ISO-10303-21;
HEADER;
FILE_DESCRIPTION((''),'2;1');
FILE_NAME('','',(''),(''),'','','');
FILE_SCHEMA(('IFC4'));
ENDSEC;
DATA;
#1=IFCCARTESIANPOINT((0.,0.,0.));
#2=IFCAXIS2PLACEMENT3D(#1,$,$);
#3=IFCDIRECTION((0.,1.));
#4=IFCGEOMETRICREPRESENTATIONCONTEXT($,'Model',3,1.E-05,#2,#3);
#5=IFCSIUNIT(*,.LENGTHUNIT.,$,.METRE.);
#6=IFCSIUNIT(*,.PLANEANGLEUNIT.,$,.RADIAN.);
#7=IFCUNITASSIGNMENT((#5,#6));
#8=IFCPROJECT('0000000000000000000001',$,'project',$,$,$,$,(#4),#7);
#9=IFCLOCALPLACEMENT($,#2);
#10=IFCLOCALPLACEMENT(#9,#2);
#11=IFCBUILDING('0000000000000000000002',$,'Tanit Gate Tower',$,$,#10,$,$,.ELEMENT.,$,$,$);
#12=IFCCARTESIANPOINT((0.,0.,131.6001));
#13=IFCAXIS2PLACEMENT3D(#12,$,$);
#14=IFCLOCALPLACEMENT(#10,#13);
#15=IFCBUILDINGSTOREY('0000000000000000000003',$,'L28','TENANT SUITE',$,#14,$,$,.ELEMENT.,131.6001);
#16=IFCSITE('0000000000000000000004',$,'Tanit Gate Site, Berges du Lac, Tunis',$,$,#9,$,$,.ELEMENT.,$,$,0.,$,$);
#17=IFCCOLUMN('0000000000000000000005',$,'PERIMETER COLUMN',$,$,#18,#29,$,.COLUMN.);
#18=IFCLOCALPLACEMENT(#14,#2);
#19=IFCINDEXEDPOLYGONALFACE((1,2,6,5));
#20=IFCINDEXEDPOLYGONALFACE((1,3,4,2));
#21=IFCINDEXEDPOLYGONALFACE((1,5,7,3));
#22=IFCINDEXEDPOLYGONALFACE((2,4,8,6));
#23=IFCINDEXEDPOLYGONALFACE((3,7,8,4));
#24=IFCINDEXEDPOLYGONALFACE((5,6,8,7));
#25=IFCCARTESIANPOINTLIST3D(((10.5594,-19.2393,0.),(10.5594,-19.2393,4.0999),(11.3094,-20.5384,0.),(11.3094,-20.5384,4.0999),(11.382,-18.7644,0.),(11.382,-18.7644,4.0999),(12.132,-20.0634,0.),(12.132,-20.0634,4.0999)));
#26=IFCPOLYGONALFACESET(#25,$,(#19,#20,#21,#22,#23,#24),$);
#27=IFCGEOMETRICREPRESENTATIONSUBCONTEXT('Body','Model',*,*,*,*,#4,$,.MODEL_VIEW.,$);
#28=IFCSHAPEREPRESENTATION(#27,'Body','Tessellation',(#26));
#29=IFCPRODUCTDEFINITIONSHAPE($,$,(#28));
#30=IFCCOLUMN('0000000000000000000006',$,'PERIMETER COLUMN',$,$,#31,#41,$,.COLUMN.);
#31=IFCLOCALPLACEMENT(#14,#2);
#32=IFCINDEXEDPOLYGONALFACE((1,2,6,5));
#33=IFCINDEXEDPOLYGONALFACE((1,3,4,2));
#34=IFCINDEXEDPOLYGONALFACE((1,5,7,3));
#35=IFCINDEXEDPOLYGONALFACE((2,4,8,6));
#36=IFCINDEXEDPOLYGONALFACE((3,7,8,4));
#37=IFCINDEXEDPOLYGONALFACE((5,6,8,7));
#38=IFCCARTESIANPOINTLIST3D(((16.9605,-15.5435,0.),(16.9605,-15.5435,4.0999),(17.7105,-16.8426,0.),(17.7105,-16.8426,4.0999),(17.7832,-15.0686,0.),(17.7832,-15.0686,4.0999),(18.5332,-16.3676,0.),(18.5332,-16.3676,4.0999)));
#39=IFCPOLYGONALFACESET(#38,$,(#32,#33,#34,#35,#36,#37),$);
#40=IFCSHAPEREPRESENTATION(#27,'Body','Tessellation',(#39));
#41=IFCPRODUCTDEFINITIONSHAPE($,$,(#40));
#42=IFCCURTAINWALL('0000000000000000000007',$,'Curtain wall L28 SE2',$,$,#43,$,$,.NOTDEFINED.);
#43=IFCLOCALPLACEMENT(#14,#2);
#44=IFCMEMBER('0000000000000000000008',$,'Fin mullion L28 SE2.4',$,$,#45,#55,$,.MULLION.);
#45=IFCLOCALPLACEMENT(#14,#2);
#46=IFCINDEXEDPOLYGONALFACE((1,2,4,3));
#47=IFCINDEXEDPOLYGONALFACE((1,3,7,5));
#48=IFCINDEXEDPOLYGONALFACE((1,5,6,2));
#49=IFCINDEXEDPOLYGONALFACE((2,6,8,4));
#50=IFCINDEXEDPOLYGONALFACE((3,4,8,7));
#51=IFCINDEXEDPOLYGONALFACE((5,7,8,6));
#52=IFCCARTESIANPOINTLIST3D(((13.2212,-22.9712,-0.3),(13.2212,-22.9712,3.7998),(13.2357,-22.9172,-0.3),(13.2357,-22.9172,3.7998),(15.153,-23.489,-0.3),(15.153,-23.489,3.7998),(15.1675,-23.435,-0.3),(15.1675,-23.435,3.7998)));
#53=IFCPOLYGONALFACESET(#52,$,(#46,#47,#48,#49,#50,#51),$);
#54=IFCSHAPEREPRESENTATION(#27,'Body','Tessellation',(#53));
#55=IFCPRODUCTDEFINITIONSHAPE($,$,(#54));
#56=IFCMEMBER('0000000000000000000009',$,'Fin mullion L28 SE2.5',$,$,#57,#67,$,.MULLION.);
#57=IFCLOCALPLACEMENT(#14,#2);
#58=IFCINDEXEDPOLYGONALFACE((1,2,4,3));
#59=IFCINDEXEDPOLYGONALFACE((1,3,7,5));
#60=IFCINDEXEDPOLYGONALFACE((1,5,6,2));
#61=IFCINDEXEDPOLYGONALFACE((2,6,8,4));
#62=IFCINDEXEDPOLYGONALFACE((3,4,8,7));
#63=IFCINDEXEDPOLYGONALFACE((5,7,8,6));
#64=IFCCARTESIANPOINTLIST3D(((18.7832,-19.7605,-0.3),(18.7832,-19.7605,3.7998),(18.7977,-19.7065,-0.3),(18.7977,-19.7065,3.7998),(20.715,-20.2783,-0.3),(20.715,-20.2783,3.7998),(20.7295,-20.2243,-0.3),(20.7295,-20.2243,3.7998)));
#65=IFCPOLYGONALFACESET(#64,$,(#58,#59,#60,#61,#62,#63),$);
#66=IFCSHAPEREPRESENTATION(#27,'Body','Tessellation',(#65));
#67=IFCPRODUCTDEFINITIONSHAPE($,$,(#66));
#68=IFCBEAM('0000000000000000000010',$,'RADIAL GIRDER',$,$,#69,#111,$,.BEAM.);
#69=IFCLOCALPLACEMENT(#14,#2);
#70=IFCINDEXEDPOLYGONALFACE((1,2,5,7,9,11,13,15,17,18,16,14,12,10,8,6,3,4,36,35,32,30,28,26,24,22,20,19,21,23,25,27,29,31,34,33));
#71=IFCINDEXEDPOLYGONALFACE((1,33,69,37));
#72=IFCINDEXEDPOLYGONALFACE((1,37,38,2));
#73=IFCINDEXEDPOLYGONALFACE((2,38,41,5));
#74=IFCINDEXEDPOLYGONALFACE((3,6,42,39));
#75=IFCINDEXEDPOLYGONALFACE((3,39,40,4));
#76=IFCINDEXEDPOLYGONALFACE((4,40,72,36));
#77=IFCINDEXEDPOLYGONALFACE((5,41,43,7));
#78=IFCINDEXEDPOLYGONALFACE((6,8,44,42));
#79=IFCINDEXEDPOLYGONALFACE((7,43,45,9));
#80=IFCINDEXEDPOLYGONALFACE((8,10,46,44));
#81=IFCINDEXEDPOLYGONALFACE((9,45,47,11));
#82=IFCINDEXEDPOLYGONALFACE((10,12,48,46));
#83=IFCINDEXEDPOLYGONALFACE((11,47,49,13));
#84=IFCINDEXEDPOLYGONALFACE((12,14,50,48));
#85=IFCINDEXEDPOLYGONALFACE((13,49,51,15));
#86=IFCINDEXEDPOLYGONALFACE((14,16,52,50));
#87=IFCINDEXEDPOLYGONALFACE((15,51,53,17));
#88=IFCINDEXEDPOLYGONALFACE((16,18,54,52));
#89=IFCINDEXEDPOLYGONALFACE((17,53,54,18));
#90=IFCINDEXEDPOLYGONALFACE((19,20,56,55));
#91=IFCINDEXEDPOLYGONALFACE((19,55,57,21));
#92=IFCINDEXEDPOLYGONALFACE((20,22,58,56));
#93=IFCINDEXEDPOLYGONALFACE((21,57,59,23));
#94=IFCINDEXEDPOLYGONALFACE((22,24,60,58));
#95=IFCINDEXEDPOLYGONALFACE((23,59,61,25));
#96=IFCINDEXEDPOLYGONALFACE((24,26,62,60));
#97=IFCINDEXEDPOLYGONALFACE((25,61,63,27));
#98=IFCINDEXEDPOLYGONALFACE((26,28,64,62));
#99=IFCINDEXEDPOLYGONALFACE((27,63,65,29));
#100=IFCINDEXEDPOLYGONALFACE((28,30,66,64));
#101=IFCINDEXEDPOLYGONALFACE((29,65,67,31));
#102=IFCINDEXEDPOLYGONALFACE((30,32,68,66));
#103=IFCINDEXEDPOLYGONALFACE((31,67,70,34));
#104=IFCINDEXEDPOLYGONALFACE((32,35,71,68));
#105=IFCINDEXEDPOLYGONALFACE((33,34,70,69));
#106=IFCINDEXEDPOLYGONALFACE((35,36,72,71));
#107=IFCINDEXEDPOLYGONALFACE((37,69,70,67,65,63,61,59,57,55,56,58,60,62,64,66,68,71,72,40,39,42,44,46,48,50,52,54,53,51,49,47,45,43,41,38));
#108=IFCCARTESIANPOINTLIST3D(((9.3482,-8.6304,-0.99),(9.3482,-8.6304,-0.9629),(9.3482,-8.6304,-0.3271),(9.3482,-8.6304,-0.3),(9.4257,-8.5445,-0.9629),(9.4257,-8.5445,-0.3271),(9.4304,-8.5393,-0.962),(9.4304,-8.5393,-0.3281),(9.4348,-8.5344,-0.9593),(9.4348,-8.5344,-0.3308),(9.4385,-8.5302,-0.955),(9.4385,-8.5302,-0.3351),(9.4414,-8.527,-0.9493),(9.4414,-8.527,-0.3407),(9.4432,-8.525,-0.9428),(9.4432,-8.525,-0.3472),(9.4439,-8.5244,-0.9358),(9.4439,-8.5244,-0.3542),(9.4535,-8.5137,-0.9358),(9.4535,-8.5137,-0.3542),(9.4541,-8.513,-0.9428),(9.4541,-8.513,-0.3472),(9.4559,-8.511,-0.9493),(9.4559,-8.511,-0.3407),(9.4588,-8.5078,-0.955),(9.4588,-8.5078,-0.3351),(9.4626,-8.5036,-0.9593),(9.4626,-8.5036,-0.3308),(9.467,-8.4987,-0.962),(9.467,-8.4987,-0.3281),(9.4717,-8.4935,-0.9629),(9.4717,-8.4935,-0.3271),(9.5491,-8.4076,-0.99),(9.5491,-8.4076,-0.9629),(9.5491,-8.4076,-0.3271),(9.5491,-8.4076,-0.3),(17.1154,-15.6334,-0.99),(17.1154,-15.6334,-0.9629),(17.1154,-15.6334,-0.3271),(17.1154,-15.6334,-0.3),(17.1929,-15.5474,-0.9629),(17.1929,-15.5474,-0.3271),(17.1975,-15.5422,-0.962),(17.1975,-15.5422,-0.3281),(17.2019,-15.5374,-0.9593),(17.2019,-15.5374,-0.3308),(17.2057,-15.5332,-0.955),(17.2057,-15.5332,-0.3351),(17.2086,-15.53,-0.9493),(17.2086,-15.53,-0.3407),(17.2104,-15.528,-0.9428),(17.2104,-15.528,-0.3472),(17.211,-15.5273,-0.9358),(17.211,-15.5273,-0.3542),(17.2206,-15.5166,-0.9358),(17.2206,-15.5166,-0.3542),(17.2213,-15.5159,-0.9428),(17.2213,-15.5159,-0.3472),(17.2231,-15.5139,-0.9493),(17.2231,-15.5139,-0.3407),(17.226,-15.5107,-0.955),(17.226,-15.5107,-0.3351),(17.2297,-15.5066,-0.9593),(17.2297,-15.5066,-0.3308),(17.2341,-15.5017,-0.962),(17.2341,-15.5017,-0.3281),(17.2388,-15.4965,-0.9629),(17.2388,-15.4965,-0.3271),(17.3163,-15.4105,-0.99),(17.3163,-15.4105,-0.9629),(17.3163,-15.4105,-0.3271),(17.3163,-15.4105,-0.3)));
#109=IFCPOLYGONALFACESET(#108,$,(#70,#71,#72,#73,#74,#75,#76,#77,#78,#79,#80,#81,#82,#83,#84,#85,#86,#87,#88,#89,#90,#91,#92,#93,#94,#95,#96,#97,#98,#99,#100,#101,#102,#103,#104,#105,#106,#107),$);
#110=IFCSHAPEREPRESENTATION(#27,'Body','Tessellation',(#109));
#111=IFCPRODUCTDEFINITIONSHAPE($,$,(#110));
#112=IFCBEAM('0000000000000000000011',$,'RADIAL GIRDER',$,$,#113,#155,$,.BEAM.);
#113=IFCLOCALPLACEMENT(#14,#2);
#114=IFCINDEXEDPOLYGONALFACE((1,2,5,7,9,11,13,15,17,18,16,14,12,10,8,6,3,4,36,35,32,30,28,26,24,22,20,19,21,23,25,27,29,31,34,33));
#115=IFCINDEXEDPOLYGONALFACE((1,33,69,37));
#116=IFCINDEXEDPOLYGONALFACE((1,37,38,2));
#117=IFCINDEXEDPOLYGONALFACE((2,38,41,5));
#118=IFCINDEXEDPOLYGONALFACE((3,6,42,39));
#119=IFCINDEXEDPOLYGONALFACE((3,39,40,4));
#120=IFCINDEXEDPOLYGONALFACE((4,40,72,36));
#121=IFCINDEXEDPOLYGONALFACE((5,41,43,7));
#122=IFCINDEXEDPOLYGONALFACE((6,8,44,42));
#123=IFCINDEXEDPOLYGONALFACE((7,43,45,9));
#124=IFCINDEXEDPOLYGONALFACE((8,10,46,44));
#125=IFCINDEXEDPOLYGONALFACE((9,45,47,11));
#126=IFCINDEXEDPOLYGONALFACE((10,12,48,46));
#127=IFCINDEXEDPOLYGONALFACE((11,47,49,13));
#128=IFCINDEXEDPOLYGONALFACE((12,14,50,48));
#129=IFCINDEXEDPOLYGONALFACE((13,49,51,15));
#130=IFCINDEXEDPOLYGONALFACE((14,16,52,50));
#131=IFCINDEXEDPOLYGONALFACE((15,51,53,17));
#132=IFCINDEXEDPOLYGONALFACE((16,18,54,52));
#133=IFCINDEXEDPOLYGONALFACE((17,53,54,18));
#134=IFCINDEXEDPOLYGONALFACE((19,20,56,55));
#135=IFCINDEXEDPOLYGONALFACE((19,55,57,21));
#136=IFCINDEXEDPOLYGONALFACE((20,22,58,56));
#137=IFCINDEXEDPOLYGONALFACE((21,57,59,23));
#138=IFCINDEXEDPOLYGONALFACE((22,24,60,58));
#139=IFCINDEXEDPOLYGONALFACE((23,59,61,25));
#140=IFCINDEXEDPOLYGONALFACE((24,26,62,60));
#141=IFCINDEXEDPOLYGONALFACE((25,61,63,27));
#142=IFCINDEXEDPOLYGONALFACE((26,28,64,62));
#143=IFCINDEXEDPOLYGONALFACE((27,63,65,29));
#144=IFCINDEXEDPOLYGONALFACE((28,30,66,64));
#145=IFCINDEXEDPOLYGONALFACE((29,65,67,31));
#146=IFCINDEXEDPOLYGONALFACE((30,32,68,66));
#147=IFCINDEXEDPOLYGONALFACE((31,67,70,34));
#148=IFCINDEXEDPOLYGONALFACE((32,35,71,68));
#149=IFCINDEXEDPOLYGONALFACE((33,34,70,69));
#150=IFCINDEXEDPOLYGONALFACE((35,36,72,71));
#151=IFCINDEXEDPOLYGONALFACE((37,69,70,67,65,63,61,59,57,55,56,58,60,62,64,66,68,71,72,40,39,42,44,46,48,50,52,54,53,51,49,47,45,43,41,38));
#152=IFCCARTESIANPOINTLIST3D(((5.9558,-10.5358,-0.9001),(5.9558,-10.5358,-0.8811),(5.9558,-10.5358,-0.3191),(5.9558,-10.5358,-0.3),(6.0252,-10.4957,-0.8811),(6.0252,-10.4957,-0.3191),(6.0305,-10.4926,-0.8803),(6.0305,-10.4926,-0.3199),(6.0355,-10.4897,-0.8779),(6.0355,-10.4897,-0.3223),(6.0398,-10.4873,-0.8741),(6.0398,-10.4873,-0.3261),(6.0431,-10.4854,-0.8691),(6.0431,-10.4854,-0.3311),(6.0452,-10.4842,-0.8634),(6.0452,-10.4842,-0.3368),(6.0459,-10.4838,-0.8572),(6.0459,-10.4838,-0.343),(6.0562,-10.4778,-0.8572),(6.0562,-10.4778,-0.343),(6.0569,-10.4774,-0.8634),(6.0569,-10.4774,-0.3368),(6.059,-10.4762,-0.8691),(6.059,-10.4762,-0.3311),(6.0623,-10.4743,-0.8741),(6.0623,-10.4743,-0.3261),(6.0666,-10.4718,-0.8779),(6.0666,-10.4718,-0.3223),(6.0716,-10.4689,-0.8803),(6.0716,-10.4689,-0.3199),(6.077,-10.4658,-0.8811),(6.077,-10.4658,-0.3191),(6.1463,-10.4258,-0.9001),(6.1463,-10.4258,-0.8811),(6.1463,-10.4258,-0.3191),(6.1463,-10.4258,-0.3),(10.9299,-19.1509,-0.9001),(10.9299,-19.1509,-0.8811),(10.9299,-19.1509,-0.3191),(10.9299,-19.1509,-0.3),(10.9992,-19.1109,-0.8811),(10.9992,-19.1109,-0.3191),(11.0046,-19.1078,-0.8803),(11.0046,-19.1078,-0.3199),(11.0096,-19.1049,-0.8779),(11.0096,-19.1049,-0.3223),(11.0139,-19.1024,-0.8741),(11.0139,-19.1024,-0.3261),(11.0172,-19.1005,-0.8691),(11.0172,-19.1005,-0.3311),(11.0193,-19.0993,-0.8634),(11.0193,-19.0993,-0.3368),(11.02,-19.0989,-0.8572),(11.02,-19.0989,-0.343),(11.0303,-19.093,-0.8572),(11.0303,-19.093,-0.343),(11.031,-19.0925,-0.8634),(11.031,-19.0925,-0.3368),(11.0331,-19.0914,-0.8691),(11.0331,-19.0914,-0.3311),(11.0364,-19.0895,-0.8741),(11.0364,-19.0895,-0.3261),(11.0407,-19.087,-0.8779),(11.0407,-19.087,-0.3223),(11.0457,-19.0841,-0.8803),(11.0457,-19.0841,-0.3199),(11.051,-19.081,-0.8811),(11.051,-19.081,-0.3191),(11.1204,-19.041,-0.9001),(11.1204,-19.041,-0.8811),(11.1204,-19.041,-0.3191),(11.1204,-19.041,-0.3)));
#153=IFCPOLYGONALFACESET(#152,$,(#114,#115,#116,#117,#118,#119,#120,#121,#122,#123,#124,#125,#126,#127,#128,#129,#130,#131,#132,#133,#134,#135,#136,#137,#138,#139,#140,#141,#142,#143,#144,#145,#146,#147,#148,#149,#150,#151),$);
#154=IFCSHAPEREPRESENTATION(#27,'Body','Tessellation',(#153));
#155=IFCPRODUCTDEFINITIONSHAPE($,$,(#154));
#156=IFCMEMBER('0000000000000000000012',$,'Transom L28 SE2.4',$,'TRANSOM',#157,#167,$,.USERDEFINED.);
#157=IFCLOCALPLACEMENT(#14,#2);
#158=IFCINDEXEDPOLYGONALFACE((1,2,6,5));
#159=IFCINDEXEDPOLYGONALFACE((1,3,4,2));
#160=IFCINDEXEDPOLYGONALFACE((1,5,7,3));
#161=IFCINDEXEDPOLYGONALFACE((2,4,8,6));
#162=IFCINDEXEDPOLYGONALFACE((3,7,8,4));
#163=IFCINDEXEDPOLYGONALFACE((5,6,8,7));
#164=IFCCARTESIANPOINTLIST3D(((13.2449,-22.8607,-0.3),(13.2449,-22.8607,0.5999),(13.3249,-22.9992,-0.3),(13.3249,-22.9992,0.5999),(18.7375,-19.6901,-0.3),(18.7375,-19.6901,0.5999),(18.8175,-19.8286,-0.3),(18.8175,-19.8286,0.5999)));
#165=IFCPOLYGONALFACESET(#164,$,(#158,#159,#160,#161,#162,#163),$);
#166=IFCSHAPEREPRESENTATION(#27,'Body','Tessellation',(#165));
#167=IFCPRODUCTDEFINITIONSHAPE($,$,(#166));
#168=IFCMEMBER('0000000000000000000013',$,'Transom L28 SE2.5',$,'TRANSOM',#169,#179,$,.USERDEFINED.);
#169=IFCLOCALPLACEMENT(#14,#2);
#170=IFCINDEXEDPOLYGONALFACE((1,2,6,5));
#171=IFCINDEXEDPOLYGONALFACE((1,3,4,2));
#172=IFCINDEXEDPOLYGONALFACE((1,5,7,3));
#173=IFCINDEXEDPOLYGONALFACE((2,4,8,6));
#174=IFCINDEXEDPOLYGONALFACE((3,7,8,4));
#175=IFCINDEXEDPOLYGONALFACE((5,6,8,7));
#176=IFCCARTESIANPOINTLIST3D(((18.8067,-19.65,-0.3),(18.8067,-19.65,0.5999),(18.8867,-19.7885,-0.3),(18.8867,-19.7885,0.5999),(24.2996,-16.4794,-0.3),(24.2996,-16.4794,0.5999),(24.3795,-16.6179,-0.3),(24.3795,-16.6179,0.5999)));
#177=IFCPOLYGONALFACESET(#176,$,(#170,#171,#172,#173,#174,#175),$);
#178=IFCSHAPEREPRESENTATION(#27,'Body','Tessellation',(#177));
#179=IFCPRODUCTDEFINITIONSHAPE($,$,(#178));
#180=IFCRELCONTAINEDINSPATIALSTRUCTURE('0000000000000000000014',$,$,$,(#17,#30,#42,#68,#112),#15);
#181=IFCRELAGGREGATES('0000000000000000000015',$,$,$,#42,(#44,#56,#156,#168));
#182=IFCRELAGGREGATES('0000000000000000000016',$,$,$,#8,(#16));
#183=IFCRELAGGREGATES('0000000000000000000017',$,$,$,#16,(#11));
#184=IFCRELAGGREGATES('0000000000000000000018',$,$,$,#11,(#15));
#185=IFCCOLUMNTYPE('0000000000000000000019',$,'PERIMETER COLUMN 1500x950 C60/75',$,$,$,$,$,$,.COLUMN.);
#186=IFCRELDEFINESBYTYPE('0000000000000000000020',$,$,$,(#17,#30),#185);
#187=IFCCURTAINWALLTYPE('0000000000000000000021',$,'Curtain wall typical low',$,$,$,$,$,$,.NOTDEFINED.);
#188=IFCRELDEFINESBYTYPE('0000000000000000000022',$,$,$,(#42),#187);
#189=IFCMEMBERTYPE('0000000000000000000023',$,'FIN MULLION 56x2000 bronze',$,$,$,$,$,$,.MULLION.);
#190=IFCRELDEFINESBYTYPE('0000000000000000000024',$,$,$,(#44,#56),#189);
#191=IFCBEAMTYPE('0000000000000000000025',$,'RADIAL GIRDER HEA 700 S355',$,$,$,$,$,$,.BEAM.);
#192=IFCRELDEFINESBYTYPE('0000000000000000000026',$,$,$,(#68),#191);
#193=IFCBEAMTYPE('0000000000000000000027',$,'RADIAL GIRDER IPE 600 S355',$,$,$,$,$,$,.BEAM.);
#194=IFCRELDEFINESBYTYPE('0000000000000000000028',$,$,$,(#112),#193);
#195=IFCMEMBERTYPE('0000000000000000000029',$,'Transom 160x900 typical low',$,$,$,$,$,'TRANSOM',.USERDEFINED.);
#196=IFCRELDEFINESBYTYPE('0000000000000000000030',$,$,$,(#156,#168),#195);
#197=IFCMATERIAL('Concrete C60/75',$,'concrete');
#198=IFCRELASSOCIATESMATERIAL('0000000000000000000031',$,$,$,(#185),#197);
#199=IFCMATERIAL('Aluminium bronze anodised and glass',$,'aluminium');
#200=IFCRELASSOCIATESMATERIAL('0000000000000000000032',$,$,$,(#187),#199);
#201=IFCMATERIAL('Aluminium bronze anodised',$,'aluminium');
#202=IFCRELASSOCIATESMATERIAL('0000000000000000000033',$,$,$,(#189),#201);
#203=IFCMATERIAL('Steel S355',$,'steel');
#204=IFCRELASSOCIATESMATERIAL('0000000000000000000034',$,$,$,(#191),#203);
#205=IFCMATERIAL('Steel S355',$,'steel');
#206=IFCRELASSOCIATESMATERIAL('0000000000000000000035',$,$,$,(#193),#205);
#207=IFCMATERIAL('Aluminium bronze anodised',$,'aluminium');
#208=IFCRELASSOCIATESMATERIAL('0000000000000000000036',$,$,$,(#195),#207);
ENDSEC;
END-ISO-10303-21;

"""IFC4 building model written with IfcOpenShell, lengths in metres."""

from ifc_helpers import new_model, si_unit, direction, frame, origin, origin_2d, place, context, subcontext, project, spatial, rectangle, i_section, extrude, material, material_profile, profile_set, type_object, element, aggregate, save


model = new_model("IFC4")

# Units and contexts
model_context = context("Model", 3, precision=1e-05, world=origin(), true_north=direction((0.0, 1.0)))
body_context = subcontext(model_context, "Body", "Model", "MODEL_VIEW")
ifc_project = project(units=[si_unit("LENGTHUNIT", "METRE"), si_unit("PLANEANGLEUNIT", "RADIAN")], contexts=[model_context])

# Site, building, storey
site_placement = place(None, origin())
site = spatial("IfcSite", under=ifc_project, at=site_placement, Name="Tanit Gate Site, Berges du Lac, Tunis", CompositionType="ELEMENT", RefElevation=0.0)
building_placement = place(site_placement, origin())
building = spatial("IfcBuilding", under=site, at=building_placement, Name="Tanit Gate Tower", CompositionType="ELEMENT")
storey_placement = place(building_placement, frame((0.0, 0.0, 131.6001)))
storey = spatial("IfcBuildingStorey", under=building, at=storey_placement, Name="L28", Description="TENANT SUITE", CompositionType="ELEMENT", Elevation=131.6001)

# Columns
ifc_material_1 = material(Name="Concrete C60/75", Category="concrete")
ifc_material_profile_1 = material_profile(ifc_material_1, rectangle(XDim=1.5, YDim=0.95, at=origin_2d()), Name="RC 1500x950")
ifc_profile_set_1 = profile_set([ifc_material_profile_1], Name="Concrete C60/75")
column_type = type_object("IfcColumnType", Name="PERIMETER COLUMN 1500x950 C60/75", PredefinedType="COLUMN", material=ifc_profile_set_1)
for number, where, z_axis, x_axis, name in (
    (1, (11.3457, -19.6514, 0.0), (0.0, 0.0, 1.0), (0.5, -0.866025, 0.0), "PERIMETER COLUMN"),
    (2, (17.7468, -15.9556, 0.0), (0.0, 0.0, 1.0), (0.5, -0.866025, 0.0), "PERIMETER COLUMN"),
):
    element("IfcColumn", number, at=place(storey_placement, frame(where, z_axis=z_axis, x_axis=x_axis)), inside=storey, type_object=column_type, Name=name, PredefinedType="COLUMN", context=body_context, shape_type="SweptSolid", body=[
        extrude(rectangle(XDim=1.5, YDim=0.95, at=origin_2d()), origin(), (0.0, 0.0, 1.0), 4.0999),
    ])

# Curtain wall, members
ifc_material_2 = material(Name="Aluminium bronze anodised and glass", Category="aluminium")
curtain_wall_type = type_object("IfcCurtainWallType", Name="Curtain wall typical low", PredefinedType="NOTDEFINED", material=ifc_material_2)
curtain_wall_placement = place(storey_placement, origin())
curtain_wall = element("IfcCurtainWall", 3, at=curtain_wall_placement, inside=storey, type_object=curtain_wall_type, Name="Curtain wall L28 SE2", PredefinedType="NOTDEFINED")
ifc_material_3 = material(Name="Aluminium bronze anodised", Category="aluminium")
ifc_material_profile_2 = material_profile(ifc_material_3, rectangle(XDim=2.0, YDim=0.0559, at=origin_2d()), Name="56x2000 bronze fin mullion")
ifc_profile_set_2 = profile_set([ifc_material_profile_2], Name="Aluminium bronze anodised")
member_type_1 = type_object("IfcMemberType", Name="FIN MULLION 56x2000 bronze", PredefinedType="MULLION", material=ifc_profile_set_2)
member_1_placement = place(storey_placement, frame((14.1943, -23.2031, -0.3), z_axis=(0.0, 0.0, 1.0), x_axis=(-0.965908, 0.258886, 0.0)))
member_1 = element("IfcMember", 4, at=member_1_placement, type_object=member_type_1, Name="Fin mullion L28 SE2.4", PredefinedType="MULLION", context=body_context, shape_type="SweptSolid", body=[
    extrude(rectangle(XDim=2.0, YDim=0.0559, at=origin_2d()), origin(), (0.0, 0.0, 1.0), 4.0999),
])
member_2_placement = place(storey_placement, frame((19.7563, -19.9924, -0.3), z_axis=(0.0, 0.0, 1.0), x_axis=(-0.965908, 0.258886, 0.0)))
member_2 = element("IfcMember", 5, at=member_2_placement, type_object=member_type_1, Name="Fin mullion L28 SE2.5", PredefinedType="MULLION", context=body_context, shape_type="SweptSolid", body=[
    extrude(rectangle(XDim=2.0, YDim=0.0559, at=origin_2d()), origin(), (0.0, 0.0, 1.0), 4.0999),
])

# Beams
ifc_material_4 = material(Name="Steel S355", Category="steel")
ifc_material_profile_3 = material_profile(ifc_material_4, i_section(OverallWidth=0.3, OverallDepth=0.6899, WebThickness=0.0144, FlangeThickness=0.0271, FilletRadius=0.0271, at=origin_2d()), Name="HEA 700")
ifc_profile_set_3 = profile_set([ifc_material_profile_3], Name="Steel S355")
beam_type_1 = type_object("IfcBeamType", Name="RADIAL GIRDER HEA 700 S355", PredefinedType="BEAM", material=ifc_profile_set_3)
beam_1_placement = place(storey_placement, frame((17.2158, -15.522, -0.645), z_axis=(-0.742697, 0.669627, 0.0), x_axis=(-0.669627, -0.742697, 0.0)))
element("IfcBeam", 6, at=beam_1_placement, inside=storey, type_object=beam_type_1, Name="RADIAL GIRDER", PredefinedType="BEAM", context=body_context, shape_type="SweptSolid", body=[
    extrude(i_section(OverallWidth=0.3, OverallDepth=0.6899, WebThickness=0.0144, FlangeThickness=0.0271, FilletRadius=0.0271, at=origin_2d()), origin(), (0.0, 0.0, 1.0), 10.458),
])
ifc_material_5 = material(Name="Steel S355", Category="steel")
ifc_material_profile_4 = material_profile(ifc_material_5, i_section(OverallWidth=0.22, OverallDepth=0.6001, WebThickness=0.012, FlangeThickness=0.019, FilletRadius=0.0239, at=origin_2d()), Name="IPE 600")
ifc_profile_set_4 = profile_set([ifc_material_profile_4], Name="Steel S355")
beam_type_2 = type_object("IfcBeamType", Name="RADIAL GIRDER IPE 600 S355", PredefinedType="BEAM", material=ifc_profile_set_4)
beam_2_placement = place(storey_placement, frame((11.0251, -19.0959, -0.6001), z_axis=(-0.500009, 0.86602, 0.0), x_axis=(-0.86602, -0.500009, 0.0)))
element("IfcBeam", 7, at=beam_2_placement, inside=storey, type_object=beam_type_2, Name="RADIAL GIRDER", PredefinedType="BEAM", context=body_context, shape_type="SweptSolid", body=[
    extrude(i_section(OverallWidth=0.22, OverallDepth=0.6001, WebThickness=0.012, FlangeThickness=0.019, FilletRadius=0.0239, at=origin_2d()), origin(), (0.0, 0.0, 1.0), 9.948),
])

# Members
ifc_material_6 = material(Name="Aluminium bronze anodised", Category="aluminium")
ifc_material_profile_5 = material_profile(ifc_material_6, rectangle(XDim=0.1599, YDim=0.8999, at=origin_2d()), Name="160x900 bronze transom")
ifc_profile_set_5 = profile_set([ifc_material_profile_5], Name="Aluminium bronze anodised")
member_type_2 = type_object("IfcMemberType", Name="Transom 160x900 typical low", ElementType="TRANSOM", PredefinedType="USERDEFINED", material=ifc_profile_set_5)
member_3_placement = place(storey_placement, frame((13.2849, -22.9299, 0.1499), z_axis=(0.866063, 0.499936, 0.0), x_axis=(-0.499936, 0.866063, 0.0)))
member_3 = element("IfcMember", 8, at=member_3_placement, type_object=member_type_2, Name="Transom L28 SE2.4", ObjectType="TRANSOM", PredefinedType="USERDEFINED", context=body_context, shape_type="SweptSolid", body=[
    extrude(rectangle(XDim=0.1599, YDim=0.8999, at=origin_2d()), origin(), (0.0, 0.0, 1.0), 6.342),
])
member_4_placement = place(storey_placement, frame((18.8467, -19.7192, 0.1499), z_axis=(0.866072, 0.499919, 0.0), x_axis=(-0.499919, 0.866072, 0.0)))
member_4 = element("IfcMember", 9, at=member_4_placement, type_object=member_type_2, Name="Transom L28 SE2.5", ObjectType="TRANSOM", PredefinedType="USERDEFINED", context=body_context, shape_type="SweptSolid", body=[
    extrude(rectangle(XDim=0.1599, YDim=0.8999, at=origin_2d()), origin(), (0.0, 0.0, 1.0), 6.3423),
])

aggregate(curtain_wall, [member_1, member_2, member_3, member_4])

save(model, "model.ifc")
